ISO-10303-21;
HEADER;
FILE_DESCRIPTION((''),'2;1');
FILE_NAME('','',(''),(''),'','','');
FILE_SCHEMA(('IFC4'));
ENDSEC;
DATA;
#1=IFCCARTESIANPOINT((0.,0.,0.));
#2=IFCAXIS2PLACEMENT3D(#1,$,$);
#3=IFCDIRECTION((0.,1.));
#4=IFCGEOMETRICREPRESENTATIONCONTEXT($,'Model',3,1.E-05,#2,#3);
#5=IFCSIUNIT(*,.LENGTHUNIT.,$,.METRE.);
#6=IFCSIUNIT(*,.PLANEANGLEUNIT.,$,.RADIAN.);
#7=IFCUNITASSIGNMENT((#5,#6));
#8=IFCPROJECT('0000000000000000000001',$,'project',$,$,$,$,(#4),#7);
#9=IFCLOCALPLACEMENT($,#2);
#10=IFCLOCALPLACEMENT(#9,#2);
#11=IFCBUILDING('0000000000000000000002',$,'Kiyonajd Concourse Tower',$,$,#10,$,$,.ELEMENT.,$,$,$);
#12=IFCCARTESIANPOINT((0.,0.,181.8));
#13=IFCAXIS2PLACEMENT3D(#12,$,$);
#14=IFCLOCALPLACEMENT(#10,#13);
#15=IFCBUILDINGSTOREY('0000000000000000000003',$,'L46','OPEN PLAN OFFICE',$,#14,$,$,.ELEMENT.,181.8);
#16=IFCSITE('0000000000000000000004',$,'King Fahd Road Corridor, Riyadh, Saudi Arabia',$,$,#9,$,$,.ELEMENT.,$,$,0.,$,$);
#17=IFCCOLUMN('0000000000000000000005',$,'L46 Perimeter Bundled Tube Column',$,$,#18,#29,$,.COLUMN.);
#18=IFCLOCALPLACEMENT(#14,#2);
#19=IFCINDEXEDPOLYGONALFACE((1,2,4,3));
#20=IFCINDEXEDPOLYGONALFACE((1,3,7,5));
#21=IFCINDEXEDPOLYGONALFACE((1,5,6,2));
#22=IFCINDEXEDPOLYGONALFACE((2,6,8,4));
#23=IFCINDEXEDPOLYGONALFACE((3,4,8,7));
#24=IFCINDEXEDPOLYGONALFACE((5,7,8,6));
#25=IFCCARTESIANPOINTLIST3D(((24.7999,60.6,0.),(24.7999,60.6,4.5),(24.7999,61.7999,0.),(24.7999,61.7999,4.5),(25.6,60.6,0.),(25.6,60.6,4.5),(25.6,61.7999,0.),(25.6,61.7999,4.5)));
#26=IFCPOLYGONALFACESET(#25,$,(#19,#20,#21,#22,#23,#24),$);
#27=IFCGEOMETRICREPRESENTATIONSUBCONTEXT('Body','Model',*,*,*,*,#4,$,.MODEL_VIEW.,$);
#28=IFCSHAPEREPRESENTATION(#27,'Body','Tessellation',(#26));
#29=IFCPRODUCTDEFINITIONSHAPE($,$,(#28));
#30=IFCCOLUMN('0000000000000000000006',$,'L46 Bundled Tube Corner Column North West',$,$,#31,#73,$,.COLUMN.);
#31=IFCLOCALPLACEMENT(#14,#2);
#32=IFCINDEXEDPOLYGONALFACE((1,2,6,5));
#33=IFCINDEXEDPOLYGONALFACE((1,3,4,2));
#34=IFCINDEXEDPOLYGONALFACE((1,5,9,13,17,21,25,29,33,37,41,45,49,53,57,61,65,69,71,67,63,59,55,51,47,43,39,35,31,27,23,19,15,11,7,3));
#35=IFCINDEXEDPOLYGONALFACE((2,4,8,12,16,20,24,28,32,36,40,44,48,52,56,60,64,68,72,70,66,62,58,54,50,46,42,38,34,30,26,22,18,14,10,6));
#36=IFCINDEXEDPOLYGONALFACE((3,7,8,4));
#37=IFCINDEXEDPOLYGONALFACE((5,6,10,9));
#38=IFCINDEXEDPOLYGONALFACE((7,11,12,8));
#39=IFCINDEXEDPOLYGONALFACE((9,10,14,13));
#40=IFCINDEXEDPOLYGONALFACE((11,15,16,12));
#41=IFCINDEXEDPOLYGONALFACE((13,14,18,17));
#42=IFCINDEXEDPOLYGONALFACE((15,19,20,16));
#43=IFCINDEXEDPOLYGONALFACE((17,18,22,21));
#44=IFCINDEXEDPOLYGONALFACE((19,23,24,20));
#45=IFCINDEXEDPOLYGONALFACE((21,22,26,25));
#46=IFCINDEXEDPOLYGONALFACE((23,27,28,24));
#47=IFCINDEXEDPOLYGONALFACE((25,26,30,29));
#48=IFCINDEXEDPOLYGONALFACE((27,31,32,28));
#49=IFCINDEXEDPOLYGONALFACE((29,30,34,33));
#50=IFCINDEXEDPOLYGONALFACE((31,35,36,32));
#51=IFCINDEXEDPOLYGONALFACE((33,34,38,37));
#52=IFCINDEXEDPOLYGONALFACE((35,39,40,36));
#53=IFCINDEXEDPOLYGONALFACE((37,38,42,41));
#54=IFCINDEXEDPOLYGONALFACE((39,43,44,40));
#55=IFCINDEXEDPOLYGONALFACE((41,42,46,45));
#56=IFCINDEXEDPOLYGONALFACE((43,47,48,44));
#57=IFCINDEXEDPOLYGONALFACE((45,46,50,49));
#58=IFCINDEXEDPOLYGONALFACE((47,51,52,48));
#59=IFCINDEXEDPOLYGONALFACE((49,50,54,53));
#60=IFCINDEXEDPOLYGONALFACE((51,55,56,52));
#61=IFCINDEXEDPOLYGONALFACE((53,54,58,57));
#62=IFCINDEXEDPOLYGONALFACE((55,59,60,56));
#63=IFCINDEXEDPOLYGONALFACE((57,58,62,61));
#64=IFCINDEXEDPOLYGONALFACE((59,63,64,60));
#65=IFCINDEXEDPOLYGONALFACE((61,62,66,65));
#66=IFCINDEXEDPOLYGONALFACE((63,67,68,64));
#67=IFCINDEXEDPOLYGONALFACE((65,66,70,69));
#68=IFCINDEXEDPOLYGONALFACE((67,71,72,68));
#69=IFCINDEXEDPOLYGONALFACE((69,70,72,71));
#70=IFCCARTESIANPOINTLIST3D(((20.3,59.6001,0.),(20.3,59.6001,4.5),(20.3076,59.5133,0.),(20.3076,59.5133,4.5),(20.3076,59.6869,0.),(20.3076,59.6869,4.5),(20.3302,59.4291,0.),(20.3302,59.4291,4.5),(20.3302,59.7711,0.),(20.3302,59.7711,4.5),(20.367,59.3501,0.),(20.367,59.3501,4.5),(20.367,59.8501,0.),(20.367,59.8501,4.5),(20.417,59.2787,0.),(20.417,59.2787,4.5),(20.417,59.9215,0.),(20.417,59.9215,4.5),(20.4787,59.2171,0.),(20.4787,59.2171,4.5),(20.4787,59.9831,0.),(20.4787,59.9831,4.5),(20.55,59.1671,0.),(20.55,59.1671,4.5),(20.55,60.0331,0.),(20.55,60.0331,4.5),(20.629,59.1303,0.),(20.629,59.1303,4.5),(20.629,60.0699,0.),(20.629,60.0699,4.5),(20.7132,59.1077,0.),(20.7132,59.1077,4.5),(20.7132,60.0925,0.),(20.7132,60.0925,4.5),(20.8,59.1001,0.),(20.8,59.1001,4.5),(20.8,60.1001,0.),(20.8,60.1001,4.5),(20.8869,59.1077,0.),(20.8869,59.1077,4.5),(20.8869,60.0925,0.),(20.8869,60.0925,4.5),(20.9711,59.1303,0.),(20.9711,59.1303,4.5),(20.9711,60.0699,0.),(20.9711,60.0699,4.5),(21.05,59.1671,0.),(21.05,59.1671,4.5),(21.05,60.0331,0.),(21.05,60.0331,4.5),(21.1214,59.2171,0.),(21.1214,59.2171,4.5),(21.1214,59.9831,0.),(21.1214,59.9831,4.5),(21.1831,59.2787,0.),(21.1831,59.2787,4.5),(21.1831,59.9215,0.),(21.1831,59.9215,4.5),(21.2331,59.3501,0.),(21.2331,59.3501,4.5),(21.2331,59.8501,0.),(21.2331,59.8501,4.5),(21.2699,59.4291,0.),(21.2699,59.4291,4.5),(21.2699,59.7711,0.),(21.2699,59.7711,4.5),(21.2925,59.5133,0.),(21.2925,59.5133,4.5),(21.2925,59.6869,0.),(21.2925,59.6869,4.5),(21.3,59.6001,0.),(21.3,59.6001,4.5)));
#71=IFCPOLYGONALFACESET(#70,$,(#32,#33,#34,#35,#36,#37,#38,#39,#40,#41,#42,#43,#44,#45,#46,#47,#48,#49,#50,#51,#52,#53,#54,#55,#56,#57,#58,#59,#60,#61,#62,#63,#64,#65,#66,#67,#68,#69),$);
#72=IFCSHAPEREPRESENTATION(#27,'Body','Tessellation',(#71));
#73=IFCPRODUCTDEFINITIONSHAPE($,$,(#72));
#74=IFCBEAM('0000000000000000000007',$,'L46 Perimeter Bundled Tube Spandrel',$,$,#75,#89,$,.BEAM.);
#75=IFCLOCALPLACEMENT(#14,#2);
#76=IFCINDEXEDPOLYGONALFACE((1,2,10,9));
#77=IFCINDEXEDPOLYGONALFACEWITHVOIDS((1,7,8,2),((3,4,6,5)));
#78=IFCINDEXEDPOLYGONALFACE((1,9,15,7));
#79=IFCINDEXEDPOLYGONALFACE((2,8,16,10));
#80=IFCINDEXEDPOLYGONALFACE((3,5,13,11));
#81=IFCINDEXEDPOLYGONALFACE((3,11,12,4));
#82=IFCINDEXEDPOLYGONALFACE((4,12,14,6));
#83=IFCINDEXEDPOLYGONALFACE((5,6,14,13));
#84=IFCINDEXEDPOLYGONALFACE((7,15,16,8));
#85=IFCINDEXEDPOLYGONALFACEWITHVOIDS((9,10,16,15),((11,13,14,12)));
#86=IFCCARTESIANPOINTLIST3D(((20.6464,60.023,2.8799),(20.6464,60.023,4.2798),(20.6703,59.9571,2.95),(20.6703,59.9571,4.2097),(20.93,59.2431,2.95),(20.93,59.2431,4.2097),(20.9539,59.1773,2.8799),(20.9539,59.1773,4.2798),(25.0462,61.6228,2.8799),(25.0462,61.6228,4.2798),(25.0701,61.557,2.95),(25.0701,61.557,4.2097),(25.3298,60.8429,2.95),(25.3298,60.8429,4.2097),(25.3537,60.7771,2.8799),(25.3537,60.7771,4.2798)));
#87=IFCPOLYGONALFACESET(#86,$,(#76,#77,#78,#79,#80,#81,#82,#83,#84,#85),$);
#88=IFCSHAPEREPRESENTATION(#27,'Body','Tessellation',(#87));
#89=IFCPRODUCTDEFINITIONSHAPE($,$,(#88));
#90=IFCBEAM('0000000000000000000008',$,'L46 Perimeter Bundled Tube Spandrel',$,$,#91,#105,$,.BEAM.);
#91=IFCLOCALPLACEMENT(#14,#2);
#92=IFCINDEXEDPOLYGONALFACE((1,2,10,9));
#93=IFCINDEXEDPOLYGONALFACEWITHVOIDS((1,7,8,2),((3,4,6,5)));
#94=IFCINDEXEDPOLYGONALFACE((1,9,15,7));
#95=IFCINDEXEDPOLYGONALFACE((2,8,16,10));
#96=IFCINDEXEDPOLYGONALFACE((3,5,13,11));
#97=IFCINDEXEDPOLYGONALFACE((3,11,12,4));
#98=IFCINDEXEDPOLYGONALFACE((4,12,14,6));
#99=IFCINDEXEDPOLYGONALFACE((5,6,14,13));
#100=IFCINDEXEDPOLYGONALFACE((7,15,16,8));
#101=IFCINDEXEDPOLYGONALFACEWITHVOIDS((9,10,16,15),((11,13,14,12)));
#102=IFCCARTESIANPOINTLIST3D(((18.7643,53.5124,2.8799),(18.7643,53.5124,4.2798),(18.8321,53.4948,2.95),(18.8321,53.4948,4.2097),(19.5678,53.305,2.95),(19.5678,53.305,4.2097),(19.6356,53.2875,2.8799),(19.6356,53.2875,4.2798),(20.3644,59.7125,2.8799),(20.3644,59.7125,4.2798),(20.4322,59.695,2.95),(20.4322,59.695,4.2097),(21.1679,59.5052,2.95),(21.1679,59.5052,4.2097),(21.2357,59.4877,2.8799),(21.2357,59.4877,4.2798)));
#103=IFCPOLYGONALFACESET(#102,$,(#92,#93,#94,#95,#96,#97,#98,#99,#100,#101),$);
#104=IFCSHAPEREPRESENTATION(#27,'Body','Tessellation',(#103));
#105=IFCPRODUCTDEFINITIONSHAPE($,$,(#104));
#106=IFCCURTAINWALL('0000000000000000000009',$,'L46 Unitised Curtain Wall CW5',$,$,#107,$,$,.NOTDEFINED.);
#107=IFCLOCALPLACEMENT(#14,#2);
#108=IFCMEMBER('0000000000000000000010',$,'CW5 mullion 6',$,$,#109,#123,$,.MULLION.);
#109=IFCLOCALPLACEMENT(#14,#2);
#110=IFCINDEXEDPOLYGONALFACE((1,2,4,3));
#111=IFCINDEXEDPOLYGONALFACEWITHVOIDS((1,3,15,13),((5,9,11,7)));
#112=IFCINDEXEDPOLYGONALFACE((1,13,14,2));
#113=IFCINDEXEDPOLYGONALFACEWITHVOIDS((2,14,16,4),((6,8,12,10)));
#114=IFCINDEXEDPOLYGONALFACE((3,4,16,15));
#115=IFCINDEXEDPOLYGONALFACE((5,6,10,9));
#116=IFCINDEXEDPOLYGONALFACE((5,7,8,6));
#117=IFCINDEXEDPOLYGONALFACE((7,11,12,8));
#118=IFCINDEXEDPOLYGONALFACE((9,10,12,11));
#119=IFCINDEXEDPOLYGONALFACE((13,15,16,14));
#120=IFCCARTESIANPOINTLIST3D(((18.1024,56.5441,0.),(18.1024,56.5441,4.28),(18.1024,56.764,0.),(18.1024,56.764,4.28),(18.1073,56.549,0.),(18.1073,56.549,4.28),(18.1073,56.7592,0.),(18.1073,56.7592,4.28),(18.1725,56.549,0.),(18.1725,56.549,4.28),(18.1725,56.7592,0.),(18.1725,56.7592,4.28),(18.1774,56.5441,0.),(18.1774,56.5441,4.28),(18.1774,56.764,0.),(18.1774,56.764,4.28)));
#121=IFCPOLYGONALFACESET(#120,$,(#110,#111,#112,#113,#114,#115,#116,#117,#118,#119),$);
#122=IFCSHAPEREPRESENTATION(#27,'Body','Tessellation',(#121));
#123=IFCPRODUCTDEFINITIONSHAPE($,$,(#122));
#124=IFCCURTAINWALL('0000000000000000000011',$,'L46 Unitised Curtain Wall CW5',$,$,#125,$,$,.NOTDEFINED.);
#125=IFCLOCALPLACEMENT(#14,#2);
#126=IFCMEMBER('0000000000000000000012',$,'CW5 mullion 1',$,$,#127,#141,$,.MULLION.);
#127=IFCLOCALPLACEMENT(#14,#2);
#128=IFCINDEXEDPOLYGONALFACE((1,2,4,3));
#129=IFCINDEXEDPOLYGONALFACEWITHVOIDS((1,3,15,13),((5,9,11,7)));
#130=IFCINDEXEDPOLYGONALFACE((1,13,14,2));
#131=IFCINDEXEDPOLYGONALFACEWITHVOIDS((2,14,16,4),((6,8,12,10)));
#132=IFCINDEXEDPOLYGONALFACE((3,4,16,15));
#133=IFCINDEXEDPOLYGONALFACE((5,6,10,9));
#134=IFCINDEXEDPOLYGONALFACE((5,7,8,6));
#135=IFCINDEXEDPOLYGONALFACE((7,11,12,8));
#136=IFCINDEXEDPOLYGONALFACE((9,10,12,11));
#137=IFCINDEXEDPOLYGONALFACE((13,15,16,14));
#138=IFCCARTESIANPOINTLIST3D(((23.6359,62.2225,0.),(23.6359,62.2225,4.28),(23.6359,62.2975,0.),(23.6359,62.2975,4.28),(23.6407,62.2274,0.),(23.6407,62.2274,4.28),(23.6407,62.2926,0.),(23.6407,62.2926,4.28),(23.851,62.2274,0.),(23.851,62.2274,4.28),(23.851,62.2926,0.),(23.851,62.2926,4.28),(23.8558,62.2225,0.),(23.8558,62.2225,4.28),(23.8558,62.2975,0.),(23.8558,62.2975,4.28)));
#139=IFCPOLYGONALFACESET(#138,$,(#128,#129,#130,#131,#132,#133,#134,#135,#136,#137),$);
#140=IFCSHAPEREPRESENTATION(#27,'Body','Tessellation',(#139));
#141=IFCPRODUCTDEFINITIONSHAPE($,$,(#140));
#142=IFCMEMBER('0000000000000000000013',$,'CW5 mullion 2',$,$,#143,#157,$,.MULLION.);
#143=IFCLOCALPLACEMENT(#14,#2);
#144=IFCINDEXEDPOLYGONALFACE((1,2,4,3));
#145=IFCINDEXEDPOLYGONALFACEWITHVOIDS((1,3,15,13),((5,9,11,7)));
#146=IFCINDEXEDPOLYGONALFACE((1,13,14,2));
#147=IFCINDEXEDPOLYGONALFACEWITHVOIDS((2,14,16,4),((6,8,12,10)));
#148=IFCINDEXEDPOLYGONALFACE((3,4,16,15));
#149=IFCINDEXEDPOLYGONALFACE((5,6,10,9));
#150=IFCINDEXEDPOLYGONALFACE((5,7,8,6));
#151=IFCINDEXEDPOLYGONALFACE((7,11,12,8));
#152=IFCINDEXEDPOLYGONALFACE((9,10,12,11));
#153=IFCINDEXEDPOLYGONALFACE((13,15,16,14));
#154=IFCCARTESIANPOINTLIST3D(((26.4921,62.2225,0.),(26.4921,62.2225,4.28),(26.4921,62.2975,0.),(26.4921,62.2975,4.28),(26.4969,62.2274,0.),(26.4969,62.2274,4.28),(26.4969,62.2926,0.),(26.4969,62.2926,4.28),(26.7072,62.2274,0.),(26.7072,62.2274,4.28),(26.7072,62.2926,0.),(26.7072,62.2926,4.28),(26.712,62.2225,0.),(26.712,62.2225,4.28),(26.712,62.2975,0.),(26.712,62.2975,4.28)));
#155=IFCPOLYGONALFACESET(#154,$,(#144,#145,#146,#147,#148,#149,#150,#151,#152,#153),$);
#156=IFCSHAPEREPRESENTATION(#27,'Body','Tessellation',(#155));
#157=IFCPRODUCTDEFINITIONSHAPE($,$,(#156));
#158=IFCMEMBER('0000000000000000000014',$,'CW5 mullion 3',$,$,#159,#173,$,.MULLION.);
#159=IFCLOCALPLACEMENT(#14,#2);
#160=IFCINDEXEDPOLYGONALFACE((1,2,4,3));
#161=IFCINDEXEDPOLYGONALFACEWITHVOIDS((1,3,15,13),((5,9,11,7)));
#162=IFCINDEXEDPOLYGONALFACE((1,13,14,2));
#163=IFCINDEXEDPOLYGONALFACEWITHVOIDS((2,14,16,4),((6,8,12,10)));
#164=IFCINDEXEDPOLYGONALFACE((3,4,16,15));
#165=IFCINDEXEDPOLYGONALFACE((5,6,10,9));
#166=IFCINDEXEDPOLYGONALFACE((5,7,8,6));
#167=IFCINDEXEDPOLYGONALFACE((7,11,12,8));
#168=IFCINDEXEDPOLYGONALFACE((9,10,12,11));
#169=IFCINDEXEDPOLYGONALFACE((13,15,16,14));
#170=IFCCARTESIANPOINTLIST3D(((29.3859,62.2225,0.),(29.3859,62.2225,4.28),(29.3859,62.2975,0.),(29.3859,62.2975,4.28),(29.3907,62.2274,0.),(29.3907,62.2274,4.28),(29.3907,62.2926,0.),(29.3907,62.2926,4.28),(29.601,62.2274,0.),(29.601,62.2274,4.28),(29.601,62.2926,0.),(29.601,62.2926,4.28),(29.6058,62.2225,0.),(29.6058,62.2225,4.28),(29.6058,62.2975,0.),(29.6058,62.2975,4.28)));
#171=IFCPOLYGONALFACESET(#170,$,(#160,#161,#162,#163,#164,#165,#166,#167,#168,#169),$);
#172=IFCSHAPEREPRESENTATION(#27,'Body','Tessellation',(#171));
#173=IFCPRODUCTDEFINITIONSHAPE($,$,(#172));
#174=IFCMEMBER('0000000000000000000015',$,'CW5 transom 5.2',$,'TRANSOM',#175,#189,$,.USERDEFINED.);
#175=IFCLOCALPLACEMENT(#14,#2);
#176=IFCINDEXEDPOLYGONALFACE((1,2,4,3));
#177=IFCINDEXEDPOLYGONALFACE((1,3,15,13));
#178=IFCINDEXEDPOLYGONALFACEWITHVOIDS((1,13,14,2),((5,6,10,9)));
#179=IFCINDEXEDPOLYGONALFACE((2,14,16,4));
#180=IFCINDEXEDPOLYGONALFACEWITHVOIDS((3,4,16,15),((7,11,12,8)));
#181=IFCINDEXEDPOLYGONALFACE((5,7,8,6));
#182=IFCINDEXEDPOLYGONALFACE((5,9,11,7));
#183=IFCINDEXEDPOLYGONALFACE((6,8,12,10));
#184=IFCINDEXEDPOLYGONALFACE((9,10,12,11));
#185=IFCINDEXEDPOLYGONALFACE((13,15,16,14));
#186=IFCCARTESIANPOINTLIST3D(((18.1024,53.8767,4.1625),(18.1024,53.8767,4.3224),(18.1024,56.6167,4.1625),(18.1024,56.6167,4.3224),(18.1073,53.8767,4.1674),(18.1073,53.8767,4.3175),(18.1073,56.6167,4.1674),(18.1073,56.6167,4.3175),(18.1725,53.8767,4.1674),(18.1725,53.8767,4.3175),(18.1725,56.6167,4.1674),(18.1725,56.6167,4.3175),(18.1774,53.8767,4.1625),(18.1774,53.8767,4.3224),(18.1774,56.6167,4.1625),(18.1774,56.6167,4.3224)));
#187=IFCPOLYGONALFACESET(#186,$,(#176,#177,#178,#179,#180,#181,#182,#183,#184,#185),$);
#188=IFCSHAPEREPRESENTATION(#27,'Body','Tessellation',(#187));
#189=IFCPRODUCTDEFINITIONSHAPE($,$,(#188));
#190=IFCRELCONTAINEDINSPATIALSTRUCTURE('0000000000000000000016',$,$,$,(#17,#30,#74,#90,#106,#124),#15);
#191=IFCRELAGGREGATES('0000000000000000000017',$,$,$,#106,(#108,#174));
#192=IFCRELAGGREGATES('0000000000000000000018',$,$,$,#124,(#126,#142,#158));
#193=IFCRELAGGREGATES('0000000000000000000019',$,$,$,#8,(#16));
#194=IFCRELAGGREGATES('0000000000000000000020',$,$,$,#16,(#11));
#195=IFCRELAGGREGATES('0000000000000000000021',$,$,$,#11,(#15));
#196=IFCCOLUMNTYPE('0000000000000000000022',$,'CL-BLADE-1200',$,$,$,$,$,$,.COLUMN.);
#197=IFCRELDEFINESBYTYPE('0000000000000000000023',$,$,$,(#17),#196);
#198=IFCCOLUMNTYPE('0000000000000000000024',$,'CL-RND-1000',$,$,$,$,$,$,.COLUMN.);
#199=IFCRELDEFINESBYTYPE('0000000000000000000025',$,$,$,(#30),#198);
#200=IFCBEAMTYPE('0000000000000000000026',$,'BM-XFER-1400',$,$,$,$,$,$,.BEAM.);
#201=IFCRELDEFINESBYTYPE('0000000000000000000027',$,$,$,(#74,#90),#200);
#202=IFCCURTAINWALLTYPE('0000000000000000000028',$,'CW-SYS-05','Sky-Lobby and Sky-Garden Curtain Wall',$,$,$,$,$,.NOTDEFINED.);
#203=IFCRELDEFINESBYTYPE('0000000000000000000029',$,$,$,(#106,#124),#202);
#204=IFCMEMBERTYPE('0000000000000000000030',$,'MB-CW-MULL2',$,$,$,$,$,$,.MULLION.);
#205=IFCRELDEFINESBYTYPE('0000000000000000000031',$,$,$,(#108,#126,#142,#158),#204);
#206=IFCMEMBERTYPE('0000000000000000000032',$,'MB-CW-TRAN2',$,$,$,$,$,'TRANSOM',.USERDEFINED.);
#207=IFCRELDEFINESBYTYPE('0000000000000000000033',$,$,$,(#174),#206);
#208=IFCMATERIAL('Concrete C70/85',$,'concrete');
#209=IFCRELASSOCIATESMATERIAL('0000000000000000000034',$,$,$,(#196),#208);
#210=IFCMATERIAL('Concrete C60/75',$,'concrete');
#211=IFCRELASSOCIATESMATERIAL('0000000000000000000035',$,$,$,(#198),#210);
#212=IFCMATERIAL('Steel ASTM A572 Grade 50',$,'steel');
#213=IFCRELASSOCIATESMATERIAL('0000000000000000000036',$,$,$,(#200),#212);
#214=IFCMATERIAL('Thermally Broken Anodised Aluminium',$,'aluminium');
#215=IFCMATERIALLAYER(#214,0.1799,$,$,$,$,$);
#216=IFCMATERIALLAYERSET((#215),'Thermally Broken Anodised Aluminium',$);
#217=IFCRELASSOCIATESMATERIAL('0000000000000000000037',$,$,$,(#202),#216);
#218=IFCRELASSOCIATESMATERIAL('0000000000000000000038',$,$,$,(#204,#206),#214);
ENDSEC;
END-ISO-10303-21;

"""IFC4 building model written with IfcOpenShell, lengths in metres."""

from ifc_helpers import new_model, si_unit, direction, frame, origin, origin_2d, place, context, subcontext, project, spatial, rectangle, hollow_rectangle, circle, extrude, material, layer, layer_set, material_profile, profile_set, type_object, element, aggregate, save


model = new_model("IFC4")

# Units and contexts
model_context = context("Model", 3, precision=1e-05, world=origin(), true_north=direction((0.0, 1.0)))
body_context = subcontext(model_context, "Body", "Model", "MODEL_VIEW")
ifc_project = project(units=[si_unit("LENGTHUNIT", "METRE"), si_unit("PLANEANGLEUNIT", "RADIAN")], contexts=[model_context])

# Site, building, storey
site_placement = place(None, origin())
site = spatial("IfcSite", under=ifc_project, at=site_placement, Name="King Fahd Road Corridor, Riyadh, Saudi Arabia", CompositionType="ELEMENT", RefElevation=0.0)
building_placement = place(site_placement, origin())
building = spatial("IfcBuilding", under=site, at=building_placement, Name="Kiyonajd Concourse Tower", CompositionType="ELEMENT")
storey_placement = place(building_placement, frame((0.0, 0.0, 181.8)))
storey = spatial("IfcBuildingStorey", under=building, at=storey_placement, Name="L46", Description="OPEN PLAN OFFICE", CompositionType="ELEMENT", Elevation=181.8)

# Columns
ifc_material_1 = material(Name="Concrete C70/85", Category="concrete")
ifc_material_profile_1 = material_profile(ifc_material_1, rectangle(XDim=0.8, YDim=1.2, at=origin_2d()), Name="RC-1200x800")
ifc_profile_set_1 = profile_set([ifc_material_profile_1], Name="Concrete C70/85")
column_type_1 = type_object("IfcColumnType", Name="CL-BLADE-1200", PredefinedType="COLUMN", material=ifc_profile_set_1)
column_1_placement = place(storey_placement, frame((25.2, 61.2, 0.0), z_axis=(0.0, 0.0, 1.0), x_axis=(1.0, 0.0, 0.0)))
element("IfcColumn", 1, at=column_1_placement, inside=storey, type_object=column_type_1, Name="L46 Perimeter Bundled Tube Column", PredefinedType="COLUMN", context=body_context, shape_type="SweptSolid", body=[
    extrude(rectangle(XDim=0.8, YDim=1.2, at=origin_2d()), origin(), (0.0, 0.0, 1.0), 4.5),
])
ifc_material_2 = material(Name="Concrete C60/75", Category="concrete")
ifc_material_profile_2 = material_profile(ifc_material_2, circle(Radius=0.5, at=origin_2d()), Name="RCC-D1000")
ifc_profile_set_2 = profile_set([ifc_material_profile_2], Name="Concrete C60/75")
column_type_2 = type_object("IfcColumnType", Name="CL-RND-1000", PredefinedType="COLUMN", material=ifc_profile_set_2)
column_2_placement = place(storey_placement, frame((20.8, 59.6001, 0.0), z_axis=(0.0, 0.0, 1.0), x_axis=(1.0, 0.0, 0.0)))
element("IfcColumn", 2, at=column_2_placement, inside=storey, type_object=column_type_2, Name="L46 Bundled Tube Corner Column North West", PredefinedType="COLUMN", context=body_context, shape_type="SweptSolid", body=[
    extrude(circle(Radius=0.5, at=origin_2d()), origin(), (0.0, 0.0, 1.0), 4.5),
])

# Beams
ifc_material_3 = material(Name="Steel ASTM A572 Grade 50", Category="steel")
ifc_material_profile_3 = material_profile(ifc_material_3, hollow_rectangle(XDim=0.8999, YDim=1.3999, WallThickness=0.0701, at=origin_2d()), Name="BOX-1400x900x70")
ifc_profile_set_3 = profile_set([ifc_material_profile_3], Name="Steel ASTM A572 Grade 50")
beam_type = type_object("IfcBeamType", Name="BM-XFER-1400", PredefinedType="BEAM", material=ifc_profile_set_3)
beam_1_placement = place(storey_placement, frame((25.2, 61.2, 3.5798), z_axis=(-0.939801, -0.341722, 0.0), x_axis=(0.341722, -0.939801, 0.0)))
element("IfcBeam", 3, at=beam_1_placement, inside=storey, type_object=beam_type, Name="L46 Perimeter Bundled Tube Spandrel", PredefinedType="BEAM", context=body_context, shape_type="SweptSolid", body=[
    extrude(hollow_rectangle(XDim=0.8999, YDim=1.3999, WallThickness=0.0701, at=origin_2d()), origin(), (0.0, 0.0, 1.0), 4.6816),
])
beam_2_placement = place(storey_placement, frame((20.8, 59.6001, 3.5798), z_axis=(-0.249885, -0.968276, 0.0), x_axis=(0.968276, -0.249885, 0.0)))
element("IfcBeam", 4, at=beam_2_placement, inside=storey, type_object=beam_type, Name="L46 Perimeter Bundled Tube Spandrel", PredefinedType="BEAM", context=body_context, shape_type="SweptSolid", body=[
    extrude(hollow_rectangle(XDim=0.8999, YDim=1.3999, WallThickness=0.0701, at=origin_2d()), origin(), (0.0, 0.0, 1.0), 6.4033),
])

# Curtain wall, member
ifc_material_4 = material(Name="Thermally Broken Anodised Aluminium", Category="aluminium")
ifc_layer_1 = layer(ifc_material_4, 0.1799)
ifc_layer_set_1 = layer_set([ifc_layer_1], Name="Thermally Broken Anodised Aluminium")
curtain_wall_type = type_object("IfcCurtainWallType", Name="CW-SYS-05", Description="Sky-Lobby and Sky-Garden Curtain Wall", PredefinedType="NOTDEFINED", material=ifc_layer_set_1)
curtain_wall_1_placement = place(storey_placement, origin())
curtain_wall_1 = element("IfcCurtainWall", 5, at=curtain_wall_1_placement, inside=storey, type_object=curtain_wall_type, Name="L46 Unitised Curtain Wall CW5", PredefinedType="NOTDEFINED")
ifc_material_profile_4 = material_profile(ifc_material_4, hollow_rectangle(XDim=0.075, YDim=0.22, WallThickness=0.0049, at=origin_2d()), Name="MULL-75x220")
ifc_profile_set_4 = profile_set([ifc_material_profile_4], Name="Thermally Broken Anodised Aluminium")
member_type_1 = type_object("IfcMemberType", Name="MB-CW-MULL2", PredefinedType="MULLION", material=ifc_profile_set_4)
member_1_placement = place(storey_placement, frame((18.1399, 56.6541, 0.0), z_axis=(0.0, 0.0, 1.0), x_axis=(-1.0, 0.0, 0.0)))
member_1 = element("IfcMember", 6, at=member_1_placement, type_object=member_type_1, Name="CW5 mullion 6", PredefinedType="MULLION", context=body_context, shape_type="SweptSolid", body=[
    extrude(hollow_rectangle(XDim=0.075, YDim=0.22, WallThickness=0.0049, at=origin_2d()), origin(), (0.0, 0.0, 1.0), 4.28),
])

# Curtain wall, members
curtain_wall_2_placement = place(storey_placement, origin())
curtain_wall_2 = element("IfcCurtainWall", 7, at=curtain_wall_2_placement, inside=storey, type_object=curtain_wall_type, Name="L46 Unitised Curtain Wall CW5", PredefinedType="NOTDEFINED")
member_2_placement = place(storey_placement, frame((23.7458, 62.26, 0.0), z_axis=(0.0, 0.0, 1.0), x_axis=(0.0, 1.0, 0.0)))
member_2 = element("IfcMember", 8, at=member_2_placement, type_object=member_type_1, Name="CW5 mullion 1", PredefinedType="MULLION", context=body_context, shape_type="SweptSolid", body=[
    extrude(hollow_rectangle(XDim=0.075, YDim=0.22, WallThickness=0.0049, at=origin_2d()), origin(), (0.0, 0.0, 1.0), 4.28),
])
member_3_placement = place(storey_placement, frame((26.6021, 62.26, 0.0), z_axis=(0.0, 0.0, 1.0), x_axis=(0.0, 1.0, 0.0)))
member_3 = element("IfcMember", 9, at=member_3_placement, type_object=member_type_1, Name="CW5 mullion 2", PredefinedType="MULLION", context=body_context, shape_type="SweptSolid", body=[
    extrude(hollow_rectangle(XDim=0.075, YDim=0.22, WallThickness=0.0049, at=origin_2d()), origin(), (0.0, 0.0, 1.0), 4.28),
])
member_4_placement = place(storey_placement, frame((29.4958, 62.26, 0.0), z_axis=(0.0, 0.0, 1.0), x_axis=(0.0, 1.0, 0.0)))
member_4 = element("IfcMember", 10, at=member_4_placement, type_object=member_type_1, Name="CW5 mullion 3", PredefinedType="MULLION", context=body_context, shape_type="SweptSolid", body=[
    extrude(hollow_rectangle(XDim=0.075, YDim=0.22, WallThickness=0.0049, at=origin_2d()), origin(), (0.0, 0.0, 1.0), 4.28),
])

# Member
ifc_material_profile_5 = material_profile(ifc_material_4, hollow_rectangle(XDim=0.075, YDim=0.1599, WallThickness=0.0049, at=origin_2d()), Name="TRAN-75x160")
ifc_profile_set_5 = profile_set([ifc_material_profile_5], Name="Thermally Broken Anodised Aluminium")
member_type_2 = type_object("IfcMemberType", Name="MB-CW-TRAN2", ElementType="TRANSOM", PredefinedType="USERDEFINED", material=ifc_profile_set_5)
member_5_placement = place(storey_placement, frame((18.1399, 53.8767, 4.2424), z_axis=(0.0, 1.0, 0.0), x_axis=(-1.0, 0.0, 0.0)))
member_5 = element("IfcMember", 11, at=member_5_placement, type_object=member_type_2, Name="CW5 transom 5.2", ObjectType="TRANSOM", PredefinedType="USERDEFINED", context=body_context, shape_type="SweptSolid", body=[
    extrude(hollow_rectangle(XDim=0.075, YDim=0.1599, WallThickness=0.0049, at=origin_2d()), origin(), (0.0, 0.0, 1.0), 2.74),
])

aggregate(curtain_wall_1, [member_1, member_5])
aggregate(curtain_wall_2, [member_2, member_3, member_4])

save(model, "model.ifc")
